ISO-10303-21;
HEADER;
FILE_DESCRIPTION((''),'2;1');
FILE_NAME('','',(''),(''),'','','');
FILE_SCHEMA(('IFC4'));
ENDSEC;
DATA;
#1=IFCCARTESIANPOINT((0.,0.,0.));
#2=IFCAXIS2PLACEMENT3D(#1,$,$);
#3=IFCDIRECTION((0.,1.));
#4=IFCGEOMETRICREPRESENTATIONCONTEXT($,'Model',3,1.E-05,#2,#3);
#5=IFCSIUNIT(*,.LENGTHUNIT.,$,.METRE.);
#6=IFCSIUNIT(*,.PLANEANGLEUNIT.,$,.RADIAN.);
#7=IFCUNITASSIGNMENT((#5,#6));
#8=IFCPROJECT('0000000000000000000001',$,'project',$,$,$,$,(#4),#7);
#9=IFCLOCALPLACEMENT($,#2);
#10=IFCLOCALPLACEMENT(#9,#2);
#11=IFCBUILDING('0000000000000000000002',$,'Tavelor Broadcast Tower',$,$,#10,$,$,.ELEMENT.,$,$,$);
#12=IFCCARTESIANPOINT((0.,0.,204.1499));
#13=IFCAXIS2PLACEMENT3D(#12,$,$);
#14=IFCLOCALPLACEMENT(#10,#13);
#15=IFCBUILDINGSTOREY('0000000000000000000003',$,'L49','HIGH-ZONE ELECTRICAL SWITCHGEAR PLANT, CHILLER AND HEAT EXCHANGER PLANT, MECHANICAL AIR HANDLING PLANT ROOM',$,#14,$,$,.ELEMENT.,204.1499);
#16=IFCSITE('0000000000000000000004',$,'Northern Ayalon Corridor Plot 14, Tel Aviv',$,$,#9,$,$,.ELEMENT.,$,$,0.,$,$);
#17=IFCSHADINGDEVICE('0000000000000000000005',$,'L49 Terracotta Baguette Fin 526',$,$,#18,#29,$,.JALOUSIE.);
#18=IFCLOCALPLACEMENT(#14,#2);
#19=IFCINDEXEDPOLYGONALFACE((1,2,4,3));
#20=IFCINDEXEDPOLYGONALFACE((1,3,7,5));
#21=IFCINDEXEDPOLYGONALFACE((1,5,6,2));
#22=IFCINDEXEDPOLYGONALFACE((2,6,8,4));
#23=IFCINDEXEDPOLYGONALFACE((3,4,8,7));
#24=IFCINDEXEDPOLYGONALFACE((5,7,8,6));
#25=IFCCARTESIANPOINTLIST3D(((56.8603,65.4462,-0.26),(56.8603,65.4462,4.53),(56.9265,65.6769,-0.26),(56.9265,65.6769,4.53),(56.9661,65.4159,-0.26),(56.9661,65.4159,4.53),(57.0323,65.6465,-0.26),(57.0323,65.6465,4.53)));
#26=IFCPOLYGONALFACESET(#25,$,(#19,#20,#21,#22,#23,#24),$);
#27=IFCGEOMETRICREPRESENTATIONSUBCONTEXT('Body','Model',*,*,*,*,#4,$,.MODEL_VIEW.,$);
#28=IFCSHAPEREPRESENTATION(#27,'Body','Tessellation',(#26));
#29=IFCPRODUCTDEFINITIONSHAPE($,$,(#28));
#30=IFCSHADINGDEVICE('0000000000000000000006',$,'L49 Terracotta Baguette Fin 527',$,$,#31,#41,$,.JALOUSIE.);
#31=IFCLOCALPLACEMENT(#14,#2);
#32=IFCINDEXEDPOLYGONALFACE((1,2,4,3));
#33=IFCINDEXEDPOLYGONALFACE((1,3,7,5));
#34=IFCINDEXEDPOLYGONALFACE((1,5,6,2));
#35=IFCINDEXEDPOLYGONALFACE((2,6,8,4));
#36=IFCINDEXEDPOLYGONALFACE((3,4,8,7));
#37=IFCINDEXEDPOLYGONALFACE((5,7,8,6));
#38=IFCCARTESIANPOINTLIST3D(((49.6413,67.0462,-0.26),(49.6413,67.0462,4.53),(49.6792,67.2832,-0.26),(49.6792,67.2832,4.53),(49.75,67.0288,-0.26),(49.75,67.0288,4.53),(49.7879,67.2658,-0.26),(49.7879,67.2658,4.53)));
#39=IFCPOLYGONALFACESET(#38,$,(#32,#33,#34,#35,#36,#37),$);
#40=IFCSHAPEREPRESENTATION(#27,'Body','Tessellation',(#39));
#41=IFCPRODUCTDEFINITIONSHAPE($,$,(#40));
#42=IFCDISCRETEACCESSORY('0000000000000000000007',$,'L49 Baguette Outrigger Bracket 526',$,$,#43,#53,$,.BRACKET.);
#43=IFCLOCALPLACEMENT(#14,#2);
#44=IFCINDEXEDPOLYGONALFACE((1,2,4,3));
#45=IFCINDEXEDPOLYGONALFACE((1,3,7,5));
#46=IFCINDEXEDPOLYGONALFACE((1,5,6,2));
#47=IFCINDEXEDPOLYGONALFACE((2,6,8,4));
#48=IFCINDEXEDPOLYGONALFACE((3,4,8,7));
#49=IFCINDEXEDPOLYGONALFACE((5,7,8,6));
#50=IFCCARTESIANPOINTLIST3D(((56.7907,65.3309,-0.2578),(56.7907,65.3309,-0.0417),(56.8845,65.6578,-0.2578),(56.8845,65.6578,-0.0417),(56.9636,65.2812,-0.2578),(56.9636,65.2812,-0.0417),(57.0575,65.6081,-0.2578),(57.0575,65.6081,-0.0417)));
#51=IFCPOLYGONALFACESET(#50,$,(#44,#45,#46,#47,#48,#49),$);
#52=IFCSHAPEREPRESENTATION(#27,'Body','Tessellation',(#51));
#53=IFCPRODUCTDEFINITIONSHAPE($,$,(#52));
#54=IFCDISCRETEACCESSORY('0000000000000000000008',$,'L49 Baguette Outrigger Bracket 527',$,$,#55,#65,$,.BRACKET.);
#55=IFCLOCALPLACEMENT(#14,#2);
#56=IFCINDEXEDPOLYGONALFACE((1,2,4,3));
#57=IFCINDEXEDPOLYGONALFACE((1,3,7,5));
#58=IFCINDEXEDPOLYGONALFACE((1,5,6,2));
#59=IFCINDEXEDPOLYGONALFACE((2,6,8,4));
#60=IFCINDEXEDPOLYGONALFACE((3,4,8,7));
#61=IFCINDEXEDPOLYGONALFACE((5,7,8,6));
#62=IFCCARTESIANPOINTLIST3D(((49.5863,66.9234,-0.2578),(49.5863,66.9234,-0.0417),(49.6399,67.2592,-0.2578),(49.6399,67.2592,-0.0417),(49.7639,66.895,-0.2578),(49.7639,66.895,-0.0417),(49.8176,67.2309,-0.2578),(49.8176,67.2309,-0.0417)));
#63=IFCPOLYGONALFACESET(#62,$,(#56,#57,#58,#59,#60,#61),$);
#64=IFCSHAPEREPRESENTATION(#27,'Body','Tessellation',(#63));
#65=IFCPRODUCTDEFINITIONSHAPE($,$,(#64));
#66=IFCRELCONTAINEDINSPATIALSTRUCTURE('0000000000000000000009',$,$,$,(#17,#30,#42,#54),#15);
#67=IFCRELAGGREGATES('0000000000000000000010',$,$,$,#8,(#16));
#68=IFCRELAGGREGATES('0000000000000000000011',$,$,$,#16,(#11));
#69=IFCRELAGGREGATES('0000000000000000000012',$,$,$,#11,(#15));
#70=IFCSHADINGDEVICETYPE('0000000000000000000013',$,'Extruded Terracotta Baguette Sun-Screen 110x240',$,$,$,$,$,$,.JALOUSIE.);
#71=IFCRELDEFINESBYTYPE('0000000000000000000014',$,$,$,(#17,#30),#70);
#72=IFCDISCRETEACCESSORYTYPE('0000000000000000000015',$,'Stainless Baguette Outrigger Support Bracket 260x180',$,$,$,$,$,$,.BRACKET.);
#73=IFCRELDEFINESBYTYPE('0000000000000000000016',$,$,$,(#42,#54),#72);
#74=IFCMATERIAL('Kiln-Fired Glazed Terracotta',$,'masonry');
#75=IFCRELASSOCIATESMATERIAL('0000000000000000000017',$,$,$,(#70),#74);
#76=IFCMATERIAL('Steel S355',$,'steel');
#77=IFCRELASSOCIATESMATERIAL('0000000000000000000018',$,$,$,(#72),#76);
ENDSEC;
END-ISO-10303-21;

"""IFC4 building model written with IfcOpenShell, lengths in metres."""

from ifc_helpers import new_model, si_unit, direction, frame, origin, origin_2d, place, context, subcontext, project, spatial, rectangle, extrude, source, transform, mapped, material, type_object, type_shapes, element, save


model = new_model("IFC4")

# Units and contexts
model_context = context("Model", 3, precision=1e-05, world=origin(), true_north=direction((0.0, 1.0)))
body_context = subcontext(model_context, "Body", "Model", "MODEL_VIEW")
ifc_project = project(units=[si_unit("LENGTHUNIT", "METRE"), si_unit("PLANEANGLEUNIT", "RADIAN")], contexts=[model_context])

# Site, building, storey
site_placement = place(None, origin())
site = spatial("IfcSite", under=ifc_project, at=site_placement, Name="Northern Ayalon Corridor Plot 14, Tel Aviv", CompositionType="ELEMENT", RefElevation=0.0)
building_placement = place(site_placement, origin())
building = spatial("IfcBuilding", under=site, at=building_placement, Name="Tavelor Broadcast Tower", CompositionType="ELEMENT")
storey_placement = place(building_placement, frame((0.0, 0.0, 204.1499)))
storey = spatial("IfcBuildingStorey", under=building, at=storey_placement, Name="L49", Description="HIGH-ZONE ELECTRICAL SWITCHGEAR PLANT, CHILLER AND HEAT EXCHANGER PLANT, MECHANICAL AIR HANDLING PLANT ROOM", CompositionType="ELEMENT", Elevation=204.1499)

# Shared definitions
ifc_material_1 = material(Name="Steel S355", Category="steel")

# Shading devices
ifc_material_2 = material(Name="Kiln-Fired Glazed Terracotta", Category="masonry")
shading_device_type = type_object("IfcShadingDeviceType", Name="Extruded Terracotta Baguette Sun-Screen 110x240", PredefinedType="JALOUSIE", material=ifc_material_2)
shared_shape_1 = source(origin(), body_context, "Body", "SweptSolid", [
    extrude(rectangle(XDim=0.1101, YDim=0.24, at=origin_2d()), origin(), (0.0, 0.0, 1.0), 4.79),
])
type_shapes(shading_device_type, [shared_shape_1])
for number, where, z_axis, x_axis, name in (
    (1, (56.9463, 65.5464, -0.26), (0.0, 0.0, 1.0), (-0.961165, 0.275973, 0.0), "L49 Terracotta Baguette Fin 526"),
    (2, (49.7146, 67.156, -0.26), (0.0, 0.0, 1.0), (-0.987496, 0.157641, 0.0), "L49 Terracotta Baguette Fin 527"),
):
    element("IfcShadingDevice", number, at=place(storey_placement, frame(where, z_axis=z_axis, x_axis=x_axis)), inside=storey, type_object=shading_device_type, Name=name, PredefinedType="JALOUSIE", context=body_context, shape_type="MappedRepresentation", body=[
        mapped(shared_shape_1, transform((0.0, 0.0, 0.0), scale=1.0)),
    ])

# Discrete accessories
discrete_accessory_type = type_object("IfcDiscreteAccessoryType", Name="Stainless Baguette Outrigger Support Bracket 260x180", PredefinedType="BRACKET", material=ifc_material_1)
shared_shape_2 = source(origin(), body_context, "Body", "SweptSolid", [
    extrude(rectangle(XDim=0.1799, YDim=0.3401, at=origin_2d()), origin(), (0.0, 0.0, 1.0), 0.2161),
])
type_shapes(discrete_accessory_type, [shared_shape_2])
for number, where, z_axis, x_axis, name in (
    (3, (56.9241, 65.4695, -0.2578), (0.0, 0.0, 1.0), (-0.961165, 0.275973, 0.0), "L49 Baguette Outrigger Bracket 526"),
    (4, (49.7019, 67.0771, -0.2578), (0.0, 0.0, 1.0), (-0.987496, 0.157641, 0.0), "L49 Baguette Outrigger Bracket 527"),
):
    element("IfcDiscreteAccessory", number, at=place(storey_placement, frame(where, z_axis=z_axis, x_axis=x_axis)), inside=storey, type_object=discrete_accessory_type, Name=name, PredefinedType="BRACKET", context=body_context, shape_type="MappedRepresentation", body=[
        mapped(shared_shape_2, transform((0.0, 0.0, 0.0), scale=1.0)),
    ])

save(model, "model.ifc")
